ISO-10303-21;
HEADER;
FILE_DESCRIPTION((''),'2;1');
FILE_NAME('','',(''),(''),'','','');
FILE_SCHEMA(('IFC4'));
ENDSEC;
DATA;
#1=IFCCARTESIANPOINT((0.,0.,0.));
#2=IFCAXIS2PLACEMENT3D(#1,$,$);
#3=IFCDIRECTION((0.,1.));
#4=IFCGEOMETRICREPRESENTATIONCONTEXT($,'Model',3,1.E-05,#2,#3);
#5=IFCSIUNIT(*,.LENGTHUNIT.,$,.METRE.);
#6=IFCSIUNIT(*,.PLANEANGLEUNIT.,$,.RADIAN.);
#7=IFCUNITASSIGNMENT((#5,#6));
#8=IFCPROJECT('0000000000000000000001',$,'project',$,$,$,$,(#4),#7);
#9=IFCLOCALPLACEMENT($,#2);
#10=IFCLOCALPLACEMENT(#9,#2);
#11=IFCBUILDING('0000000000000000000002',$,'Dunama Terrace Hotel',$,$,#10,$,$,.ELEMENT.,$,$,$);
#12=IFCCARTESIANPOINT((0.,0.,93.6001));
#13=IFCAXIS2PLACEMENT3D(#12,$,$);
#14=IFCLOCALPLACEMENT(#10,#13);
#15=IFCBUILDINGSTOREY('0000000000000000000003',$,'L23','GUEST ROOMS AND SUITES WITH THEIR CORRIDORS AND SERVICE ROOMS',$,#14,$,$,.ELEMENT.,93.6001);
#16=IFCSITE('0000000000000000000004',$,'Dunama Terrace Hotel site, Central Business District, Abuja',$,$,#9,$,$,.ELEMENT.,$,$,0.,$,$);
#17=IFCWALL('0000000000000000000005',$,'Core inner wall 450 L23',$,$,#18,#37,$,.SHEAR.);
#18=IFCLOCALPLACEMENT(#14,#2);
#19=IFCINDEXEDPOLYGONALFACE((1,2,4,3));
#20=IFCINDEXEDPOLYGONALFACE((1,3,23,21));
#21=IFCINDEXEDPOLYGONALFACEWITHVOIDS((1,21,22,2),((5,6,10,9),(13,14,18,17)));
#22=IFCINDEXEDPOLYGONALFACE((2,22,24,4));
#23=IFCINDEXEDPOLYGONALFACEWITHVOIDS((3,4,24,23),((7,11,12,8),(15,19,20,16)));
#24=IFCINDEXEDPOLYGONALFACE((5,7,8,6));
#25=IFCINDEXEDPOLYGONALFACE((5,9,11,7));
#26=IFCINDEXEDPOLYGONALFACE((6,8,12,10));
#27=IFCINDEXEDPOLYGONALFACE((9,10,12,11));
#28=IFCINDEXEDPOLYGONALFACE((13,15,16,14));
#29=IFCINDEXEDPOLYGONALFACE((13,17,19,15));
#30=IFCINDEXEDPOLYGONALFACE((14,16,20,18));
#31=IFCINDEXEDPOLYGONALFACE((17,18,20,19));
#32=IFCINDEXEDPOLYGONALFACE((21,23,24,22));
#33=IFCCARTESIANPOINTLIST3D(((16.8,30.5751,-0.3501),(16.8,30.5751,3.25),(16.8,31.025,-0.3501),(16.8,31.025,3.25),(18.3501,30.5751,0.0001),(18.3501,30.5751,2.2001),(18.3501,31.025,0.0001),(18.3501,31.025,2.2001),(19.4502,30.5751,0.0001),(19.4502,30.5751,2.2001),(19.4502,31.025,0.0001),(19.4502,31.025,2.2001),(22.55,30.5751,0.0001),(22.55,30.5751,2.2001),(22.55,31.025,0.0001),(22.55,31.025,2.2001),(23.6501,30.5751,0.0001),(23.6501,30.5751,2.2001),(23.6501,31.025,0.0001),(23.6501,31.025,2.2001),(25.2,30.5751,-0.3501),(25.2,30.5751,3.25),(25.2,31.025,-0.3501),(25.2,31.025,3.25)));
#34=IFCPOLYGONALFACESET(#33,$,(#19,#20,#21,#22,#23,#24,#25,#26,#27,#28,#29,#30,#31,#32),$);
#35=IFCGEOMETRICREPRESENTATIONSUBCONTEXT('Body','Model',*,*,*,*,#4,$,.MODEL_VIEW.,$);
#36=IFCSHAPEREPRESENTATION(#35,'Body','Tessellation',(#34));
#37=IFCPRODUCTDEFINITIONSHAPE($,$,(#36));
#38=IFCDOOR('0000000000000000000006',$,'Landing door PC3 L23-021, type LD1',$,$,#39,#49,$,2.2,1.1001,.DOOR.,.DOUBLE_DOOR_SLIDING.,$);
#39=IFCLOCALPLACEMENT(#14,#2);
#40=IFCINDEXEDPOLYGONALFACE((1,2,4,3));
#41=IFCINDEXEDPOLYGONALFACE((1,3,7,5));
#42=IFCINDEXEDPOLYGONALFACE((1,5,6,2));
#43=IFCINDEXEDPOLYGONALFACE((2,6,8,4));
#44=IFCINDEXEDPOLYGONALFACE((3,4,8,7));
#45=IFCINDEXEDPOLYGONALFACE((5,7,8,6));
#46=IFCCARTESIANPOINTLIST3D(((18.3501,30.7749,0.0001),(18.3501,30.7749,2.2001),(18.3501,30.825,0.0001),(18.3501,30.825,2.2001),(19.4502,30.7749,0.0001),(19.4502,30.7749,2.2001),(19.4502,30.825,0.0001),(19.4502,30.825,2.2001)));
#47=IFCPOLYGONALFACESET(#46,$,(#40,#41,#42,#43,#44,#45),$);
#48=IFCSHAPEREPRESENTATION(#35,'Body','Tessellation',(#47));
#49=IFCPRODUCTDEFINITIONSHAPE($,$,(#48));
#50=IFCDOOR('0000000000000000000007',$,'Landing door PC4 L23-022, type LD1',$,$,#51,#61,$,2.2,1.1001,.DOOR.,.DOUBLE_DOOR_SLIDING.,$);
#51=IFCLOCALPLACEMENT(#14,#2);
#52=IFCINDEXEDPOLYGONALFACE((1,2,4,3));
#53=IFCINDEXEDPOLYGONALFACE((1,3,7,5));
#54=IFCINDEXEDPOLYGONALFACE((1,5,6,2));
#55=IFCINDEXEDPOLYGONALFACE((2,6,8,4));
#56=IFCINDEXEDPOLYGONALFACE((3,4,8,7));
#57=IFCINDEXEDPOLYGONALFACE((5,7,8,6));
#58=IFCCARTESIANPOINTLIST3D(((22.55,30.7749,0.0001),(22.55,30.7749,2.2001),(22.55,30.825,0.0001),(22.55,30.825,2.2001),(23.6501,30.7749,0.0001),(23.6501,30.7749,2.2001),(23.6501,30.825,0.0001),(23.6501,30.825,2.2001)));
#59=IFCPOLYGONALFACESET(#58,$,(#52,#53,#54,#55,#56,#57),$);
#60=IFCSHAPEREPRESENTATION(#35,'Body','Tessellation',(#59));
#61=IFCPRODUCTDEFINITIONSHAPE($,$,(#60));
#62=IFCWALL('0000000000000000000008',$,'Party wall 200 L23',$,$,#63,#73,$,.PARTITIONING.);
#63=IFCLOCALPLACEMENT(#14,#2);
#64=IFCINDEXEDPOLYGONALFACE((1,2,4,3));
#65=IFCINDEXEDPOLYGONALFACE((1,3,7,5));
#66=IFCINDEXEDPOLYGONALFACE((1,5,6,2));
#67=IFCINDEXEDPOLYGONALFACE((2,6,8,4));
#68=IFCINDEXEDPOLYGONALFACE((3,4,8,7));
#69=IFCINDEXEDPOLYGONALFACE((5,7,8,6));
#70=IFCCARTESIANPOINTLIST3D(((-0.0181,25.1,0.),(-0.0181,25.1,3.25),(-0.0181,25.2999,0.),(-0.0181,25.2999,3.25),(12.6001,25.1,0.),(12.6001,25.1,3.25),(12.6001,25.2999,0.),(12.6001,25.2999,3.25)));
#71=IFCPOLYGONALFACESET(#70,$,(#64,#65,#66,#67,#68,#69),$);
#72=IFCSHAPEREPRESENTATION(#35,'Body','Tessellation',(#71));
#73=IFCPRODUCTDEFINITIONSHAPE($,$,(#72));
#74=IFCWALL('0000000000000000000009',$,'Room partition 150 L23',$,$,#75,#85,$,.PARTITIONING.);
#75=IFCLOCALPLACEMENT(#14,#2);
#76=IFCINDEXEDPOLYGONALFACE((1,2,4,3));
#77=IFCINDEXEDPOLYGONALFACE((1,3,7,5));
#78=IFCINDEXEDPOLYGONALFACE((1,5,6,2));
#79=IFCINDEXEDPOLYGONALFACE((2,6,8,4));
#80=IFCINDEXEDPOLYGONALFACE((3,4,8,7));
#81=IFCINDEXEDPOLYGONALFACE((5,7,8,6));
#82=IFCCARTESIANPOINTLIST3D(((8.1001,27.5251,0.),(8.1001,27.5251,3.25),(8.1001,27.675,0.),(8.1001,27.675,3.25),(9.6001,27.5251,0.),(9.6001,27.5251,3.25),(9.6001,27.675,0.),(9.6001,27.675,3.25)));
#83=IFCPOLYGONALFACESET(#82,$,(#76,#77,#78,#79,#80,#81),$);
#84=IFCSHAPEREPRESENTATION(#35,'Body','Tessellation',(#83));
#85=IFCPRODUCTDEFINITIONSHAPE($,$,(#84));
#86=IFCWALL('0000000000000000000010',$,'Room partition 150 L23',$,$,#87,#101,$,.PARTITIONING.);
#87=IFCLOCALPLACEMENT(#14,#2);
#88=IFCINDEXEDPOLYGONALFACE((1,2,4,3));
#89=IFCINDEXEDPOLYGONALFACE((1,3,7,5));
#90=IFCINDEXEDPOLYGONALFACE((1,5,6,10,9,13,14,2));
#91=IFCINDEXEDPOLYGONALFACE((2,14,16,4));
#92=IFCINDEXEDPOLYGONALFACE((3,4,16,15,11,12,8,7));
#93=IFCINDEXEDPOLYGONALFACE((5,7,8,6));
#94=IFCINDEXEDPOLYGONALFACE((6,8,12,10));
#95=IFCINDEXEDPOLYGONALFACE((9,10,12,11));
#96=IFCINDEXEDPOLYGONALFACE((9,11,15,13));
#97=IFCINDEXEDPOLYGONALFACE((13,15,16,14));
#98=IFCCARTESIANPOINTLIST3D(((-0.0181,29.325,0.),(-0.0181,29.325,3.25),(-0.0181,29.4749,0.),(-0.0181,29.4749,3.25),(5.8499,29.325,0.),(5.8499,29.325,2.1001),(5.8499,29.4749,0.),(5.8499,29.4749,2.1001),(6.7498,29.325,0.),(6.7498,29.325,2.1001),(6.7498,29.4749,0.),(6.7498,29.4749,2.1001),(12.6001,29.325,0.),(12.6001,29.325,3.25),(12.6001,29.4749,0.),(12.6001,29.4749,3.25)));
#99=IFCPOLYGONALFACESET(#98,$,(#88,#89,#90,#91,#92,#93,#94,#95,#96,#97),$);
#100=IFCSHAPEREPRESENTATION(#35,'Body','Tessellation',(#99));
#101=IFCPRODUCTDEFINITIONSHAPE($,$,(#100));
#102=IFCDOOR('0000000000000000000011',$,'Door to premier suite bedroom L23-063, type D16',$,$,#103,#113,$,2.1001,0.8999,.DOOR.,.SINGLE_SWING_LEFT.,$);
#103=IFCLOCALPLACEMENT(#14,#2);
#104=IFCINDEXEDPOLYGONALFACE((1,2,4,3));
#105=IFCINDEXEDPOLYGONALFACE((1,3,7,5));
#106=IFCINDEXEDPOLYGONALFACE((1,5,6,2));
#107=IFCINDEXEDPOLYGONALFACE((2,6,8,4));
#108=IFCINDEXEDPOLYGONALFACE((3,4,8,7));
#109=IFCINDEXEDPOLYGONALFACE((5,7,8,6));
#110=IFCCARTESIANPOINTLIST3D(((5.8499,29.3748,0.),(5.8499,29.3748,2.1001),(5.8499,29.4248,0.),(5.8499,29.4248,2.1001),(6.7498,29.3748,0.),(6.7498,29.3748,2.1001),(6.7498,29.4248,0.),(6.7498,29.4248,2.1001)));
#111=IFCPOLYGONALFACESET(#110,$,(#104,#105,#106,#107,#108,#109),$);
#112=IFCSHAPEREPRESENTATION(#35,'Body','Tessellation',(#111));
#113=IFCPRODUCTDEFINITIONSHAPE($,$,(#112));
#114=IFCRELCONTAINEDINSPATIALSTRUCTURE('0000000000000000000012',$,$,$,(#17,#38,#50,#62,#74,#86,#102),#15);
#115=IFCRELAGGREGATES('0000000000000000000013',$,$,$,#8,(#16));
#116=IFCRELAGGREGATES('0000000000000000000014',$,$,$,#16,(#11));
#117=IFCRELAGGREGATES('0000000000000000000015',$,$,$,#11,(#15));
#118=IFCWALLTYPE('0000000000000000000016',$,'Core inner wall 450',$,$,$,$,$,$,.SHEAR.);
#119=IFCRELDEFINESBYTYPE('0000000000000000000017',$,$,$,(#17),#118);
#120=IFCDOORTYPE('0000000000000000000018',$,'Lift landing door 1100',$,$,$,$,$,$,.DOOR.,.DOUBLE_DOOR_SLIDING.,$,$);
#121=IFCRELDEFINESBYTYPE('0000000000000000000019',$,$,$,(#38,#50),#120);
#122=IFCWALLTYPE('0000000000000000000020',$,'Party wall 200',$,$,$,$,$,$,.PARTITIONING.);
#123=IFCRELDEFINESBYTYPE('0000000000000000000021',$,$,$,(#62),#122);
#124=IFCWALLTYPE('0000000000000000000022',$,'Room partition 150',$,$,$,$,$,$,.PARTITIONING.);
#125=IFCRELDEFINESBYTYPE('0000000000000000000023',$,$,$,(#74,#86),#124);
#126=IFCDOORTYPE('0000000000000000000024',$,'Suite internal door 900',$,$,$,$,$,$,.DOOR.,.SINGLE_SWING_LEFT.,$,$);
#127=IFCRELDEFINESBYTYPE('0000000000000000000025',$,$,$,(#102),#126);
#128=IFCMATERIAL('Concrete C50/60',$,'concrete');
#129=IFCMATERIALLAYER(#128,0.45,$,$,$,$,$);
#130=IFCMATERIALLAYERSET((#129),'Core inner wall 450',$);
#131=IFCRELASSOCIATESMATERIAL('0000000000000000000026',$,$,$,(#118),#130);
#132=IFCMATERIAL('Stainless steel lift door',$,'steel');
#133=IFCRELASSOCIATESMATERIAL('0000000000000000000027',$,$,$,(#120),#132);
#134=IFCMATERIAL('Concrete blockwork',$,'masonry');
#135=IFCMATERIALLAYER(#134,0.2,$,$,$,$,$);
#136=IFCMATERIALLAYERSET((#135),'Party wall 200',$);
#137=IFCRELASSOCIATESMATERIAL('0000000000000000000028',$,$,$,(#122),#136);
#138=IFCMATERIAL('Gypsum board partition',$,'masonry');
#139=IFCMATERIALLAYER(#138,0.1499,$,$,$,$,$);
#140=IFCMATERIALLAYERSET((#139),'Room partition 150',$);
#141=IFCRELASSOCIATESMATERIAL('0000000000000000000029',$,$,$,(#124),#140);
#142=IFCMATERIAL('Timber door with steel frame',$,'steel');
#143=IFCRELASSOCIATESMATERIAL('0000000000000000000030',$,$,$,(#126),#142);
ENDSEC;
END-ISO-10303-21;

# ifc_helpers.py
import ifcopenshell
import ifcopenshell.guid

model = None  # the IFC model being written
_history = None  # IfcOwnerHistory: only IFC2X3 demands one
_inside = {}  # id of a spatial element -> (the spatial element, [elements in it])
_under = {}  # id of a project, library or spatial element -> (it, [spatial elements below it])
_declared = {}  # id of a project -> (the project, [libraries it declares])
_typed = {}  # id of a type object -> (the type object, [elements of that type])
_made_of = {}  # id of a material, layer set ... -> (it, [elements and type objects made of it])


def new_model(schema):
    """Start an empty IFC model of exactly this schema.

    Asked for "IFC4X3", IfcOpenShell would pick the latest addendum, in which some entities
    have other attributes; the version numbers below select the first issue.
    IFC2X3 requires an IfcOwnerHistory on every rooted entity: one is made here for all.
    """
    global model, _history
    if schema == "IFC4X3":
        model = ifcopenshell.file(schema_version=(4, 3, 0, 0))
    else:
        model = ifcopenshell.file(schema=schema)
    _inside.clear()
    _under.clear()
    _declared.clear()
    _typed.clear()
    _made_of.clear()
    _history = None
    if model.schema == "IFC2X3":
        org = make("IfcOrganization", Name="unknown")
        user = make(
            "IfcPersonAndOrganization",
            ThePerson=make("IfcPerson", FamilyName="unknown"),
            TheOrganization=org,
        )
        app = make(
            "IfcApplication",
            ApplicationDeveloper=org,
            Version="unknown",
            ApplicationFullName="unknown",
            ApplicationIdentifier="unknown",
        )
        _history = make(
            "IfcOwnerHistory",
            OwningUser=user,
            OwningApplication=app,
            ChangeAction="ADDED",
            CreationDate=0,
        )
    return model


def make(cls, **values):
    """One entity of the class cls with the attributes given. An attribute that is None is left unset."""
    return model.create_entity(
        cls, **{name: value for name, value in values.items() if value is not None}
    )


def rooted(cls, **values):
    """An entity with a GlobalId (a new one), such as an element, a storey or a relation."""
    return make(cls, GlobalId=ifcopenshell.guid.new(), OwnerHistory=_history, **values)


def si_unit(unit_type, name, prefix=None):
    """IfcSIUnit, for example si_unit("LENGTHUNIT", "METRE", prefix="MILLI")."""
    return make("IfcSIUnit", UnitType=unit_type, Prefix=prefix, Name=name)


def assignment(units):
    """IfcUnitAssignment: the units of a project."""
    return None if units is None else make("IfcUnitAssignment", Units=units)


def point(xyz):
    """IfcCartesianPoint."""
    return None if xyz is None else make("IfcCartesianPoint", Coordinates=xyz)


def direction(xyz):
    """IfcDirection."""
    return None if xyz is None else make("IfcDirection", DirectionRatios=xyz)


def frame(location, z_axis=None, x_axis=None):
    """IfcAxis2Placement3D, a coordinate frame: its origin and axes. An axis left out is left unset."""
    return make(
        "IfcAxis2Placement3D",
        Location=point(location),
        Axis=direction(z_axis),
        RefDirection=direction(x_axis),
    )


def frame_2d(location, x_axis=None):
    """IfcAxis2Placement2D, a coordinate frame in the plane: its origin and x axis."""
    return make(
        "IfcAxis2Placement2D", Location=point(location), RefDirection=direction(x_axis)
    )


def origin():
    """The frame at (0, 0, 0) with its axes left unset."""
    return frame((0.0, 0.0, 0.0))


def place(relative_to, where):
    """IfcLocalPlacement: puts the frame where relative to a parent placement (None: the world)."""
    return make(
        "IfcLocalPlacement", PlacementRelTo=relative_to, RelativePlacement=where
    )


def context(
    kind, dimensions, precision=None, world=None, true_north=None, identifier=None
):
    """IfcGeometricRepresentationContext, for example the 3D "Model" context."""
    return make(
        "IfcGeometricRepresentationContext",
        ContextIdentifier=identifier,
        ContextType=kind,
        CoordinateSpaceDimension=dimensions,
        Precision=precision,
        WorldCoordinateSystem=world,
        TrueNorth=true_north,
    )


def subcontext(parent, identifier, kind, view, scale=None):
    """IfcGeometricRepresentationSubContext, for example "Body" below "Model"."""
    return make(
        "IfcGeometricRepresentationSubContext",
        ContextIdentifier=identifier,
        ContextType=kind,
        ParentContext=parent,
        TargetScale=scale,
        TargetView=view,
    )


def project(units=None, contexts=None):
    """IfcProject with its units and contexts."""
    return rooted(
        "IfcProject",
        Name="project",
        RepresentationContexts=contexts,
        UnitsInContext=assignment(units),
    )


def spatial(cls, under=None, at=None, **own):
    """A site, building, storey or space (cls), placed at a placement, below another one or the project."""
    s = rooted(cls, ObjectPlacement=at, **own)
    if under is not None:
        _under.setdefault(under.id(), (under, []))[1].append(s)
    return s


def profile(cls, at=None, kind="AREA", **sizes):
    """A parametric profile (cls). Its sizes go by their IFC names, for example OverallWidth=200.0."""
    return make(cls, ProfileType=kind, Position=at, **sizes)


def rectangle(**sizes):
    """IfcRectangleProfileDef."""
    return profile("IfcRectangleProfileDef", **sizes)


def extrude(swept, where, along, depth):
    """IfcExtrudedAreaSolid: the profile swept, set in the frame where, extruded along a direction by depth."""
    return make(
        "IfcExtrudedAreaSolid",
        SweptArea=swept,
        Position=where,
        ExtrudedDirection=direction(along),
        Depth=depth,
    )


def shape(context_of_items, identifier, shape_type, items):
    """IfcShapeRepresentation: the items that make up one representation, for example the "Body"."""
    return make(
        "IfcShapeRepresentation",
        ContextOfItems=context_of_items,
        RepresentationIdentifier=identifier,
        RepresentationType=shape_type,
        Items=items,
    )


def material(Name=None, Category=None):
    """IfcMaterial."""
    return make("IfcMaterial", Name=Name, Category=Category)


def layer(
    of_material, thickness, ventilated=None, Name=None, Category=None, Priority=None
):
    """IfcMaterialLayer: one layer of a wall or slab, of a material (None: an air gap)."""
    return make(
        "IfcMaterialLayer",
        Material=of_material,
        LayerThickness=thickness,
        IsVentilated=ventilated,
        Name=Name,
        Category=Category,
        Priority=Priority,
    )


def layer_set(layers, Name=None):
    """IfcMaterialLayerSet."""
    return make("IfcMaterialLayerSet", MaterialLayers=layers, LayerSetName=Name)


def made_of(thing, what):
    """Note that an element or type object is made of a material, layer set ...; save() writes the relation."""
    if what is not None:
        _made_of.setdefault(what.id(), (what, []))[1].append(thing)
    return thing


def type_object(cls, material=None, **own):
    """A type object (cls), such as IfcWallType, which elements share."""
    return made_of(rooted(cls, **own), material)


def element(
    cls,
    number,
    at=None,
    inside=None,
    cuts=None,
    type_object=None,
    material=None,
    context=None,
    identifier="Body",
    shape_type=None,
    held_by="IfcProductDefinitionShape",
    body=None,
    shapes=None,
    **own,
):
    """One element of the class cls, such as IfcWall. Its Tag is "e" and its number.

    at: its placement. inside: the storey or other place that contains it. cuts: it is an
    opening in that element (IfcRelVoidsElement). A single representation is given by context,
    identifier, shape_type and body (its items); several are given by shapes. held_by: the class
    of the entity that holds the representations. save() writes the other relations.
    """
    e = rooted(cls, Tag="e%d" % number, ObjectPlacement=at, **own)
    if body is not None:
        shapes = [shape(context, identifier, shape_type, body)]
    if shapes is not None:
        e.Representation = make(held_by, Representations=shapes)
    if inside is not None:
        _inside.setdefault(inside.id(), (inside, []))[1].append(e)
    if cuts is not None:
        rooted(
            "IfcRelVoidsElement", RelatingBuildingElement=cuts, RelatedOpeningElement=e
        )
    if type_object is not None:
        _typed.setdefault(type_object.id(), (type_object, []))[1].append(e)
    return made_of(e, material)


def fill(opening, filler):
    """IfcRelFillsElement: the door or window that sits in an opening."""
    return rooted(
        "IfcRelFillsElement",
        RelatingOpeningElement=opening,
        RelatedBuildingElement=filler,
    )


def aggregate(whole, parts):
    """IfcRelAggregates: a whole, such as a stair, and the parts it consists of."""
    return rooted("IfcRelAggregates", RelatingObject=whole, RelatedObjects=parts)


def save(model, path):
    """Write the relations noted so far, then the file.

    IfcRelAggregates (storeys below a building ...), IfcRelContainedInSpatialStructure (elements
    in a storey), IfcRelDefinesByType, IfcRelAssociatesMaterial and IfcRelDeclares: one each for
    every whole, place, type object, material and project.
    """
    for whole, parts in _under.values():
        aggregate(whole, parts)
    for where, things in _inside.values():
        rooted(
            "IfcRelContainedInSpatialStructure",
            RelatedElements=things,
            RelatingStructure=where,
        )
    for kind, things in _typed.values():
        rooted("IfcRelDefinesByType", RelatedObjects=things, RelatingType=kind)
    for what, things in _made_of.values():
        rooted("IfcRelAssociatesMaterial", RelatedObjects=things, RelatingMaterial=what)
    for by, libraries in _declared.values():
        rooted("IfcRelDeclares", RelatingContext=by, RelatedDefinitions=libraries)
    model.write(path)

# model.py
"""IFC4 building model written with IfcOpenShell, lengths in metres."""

from ifc_helpers import new_model, si_unit, direction, frame, frame_2d, origin, place, context, subcontext, project, spatial, rectangle, extrude, material, layer, layer_set, type_object, element, fill, save


model = new_model("IFC4")

# Units and contexts
model_context = context("Model", 3, precision=1e-05, world=origin(), true_north=direction((0.0, 1.0)))
body_context = subcontext(model_context, "Body", "Model", "MODEL_VIEW")
ifc_project = project(units=[si_unit("LENGTHUNIT", "METRE"), si_unit("PLANEANGLEUNIT", "RADIAN")], contexts=[model_context])

# Site, building, storey
site_placement = place(None, origin())
site = spatial("IfcSite", under=ifc_project, at=site_placement, Name="Dunama Terrace Hotel site, Central Business District, Abuja", CompositionType="ELEMENT", RefElevation=0.0)
building_placement = place(site_placement, origin())
building = spatial("IfcBuilding", under=site, at=building_placement, Name="Dunama Terrace Hotel", CompositionType="ELEMENT")
storey_placement = place(building_placement, frame((0.0, 0.0, 93.6001)))
storey = spatial("IfcBuildingStorey", under=building, at=storey_placement, Name="L23", Description="GUEST ROOMS AND SUITES WITH THEIR CORRIDORS AND SERVICE ROOMS", CompositionType="ELEMENT", Elevation=93.6001)

# Shared definitions
ifc_material_1 = material(Name="Concrete C50/60", Category="concrete")
ifc_layer_1 = layer(ifc_material_1, 0.45)
ifc_layer_set_1 = layer_set([ifc_layer_1], Name="Core inner wall 450")
wall_type_1 = type_object("IfcWallType", Name="Core inner wall 450", PredefinedType="SHEAR", material=ifc_layer_set_1)

# Wall, openings, doors
ifc_material_2 = material(Name="Stainless steel lift door", Category="steel")
door_type_1 = type_object("IfcDoorType", Name="Lift landing door 1100", OperationType="DOUBLE_DOOR_SLIDING", PredefinedType="DOOR", material=ifc_material_2)
wall_1_placement = place(storey_placement, frame((16.8, 30.8, -0.3501), z_axis=(0.0, 0.0, 1.0), x_axis=(1.0, 0.0, 0.0)))
wall_1 = element("IfcWall", 1, at=wall_1_placement, inside=storey, type_object=wall_type_1, Name="Core inner wall 450 L23", PredefinedType="SHEAR", context=body_context, shape_type="SweptSolid", body=[
    extrude(rectangle(XDim=8.3999, YDim=0.45, at=frame_2d((4.2, 0.0))), origin(), (0.0, 0.0, 1.0), 3.6001),
])
opening_1_placement = place(wall_1_placement, frame((1.55, 0.0, 0.3501)))
opening_1 = element("IfcOpeningElement", 2, at=opening_1_placement, cuts=wall_1, PredefinedType="OPENING", context=body_context, shape_type="SweptSolid", body=[
    extrude(rectangle(XDim=1.1001, YDim=2.2, at=frame_2d((0.55, 1.1001))), frame((0.0, 0.2349, 0.0), z_axis=(0.0, -1.0, 0.0), x_axis=(1.0, 0.0, 0.0)), (0.0, 0.0, 1.0), 0.47),
])
opening_2_placement = place(wall_1_placement, frame((5.75, 0.0, 0.3501)))
opening_2 = element("IfcOpeningElement", 3, at=opening_2_placement, cuts=wall_1, PredefinedType="OPENING", context=body_context, shape_type="SweptSolid", body=[
    extrude(rectangle(XDim=1.1001, YDim=2.2, at=frame_2d((0.55, 1.1001))), frame((0.0, 0.2349, 0.0), z_axis=(0.0, -1.0, 0.0), x_axis=(1.0, 0.0, 0.0)), (0.0, 0.0, 1.0), 0.47),
])
door_1_placement = place(opening_1_placement, origin())
door_1 = element("IfcDoor", 4, at=door_1_placement, inside=storey, type_object=door_type_1, Name="Landing door PC3 L23-021, type LD1", OperationType="DOUBLE_DOOR_SLIDING", OverallHeight=2.2, OverallWidth=1.1001, PredefinedType="DOOR", context=body_context, shape_type="SweptSolid", body=[
    extrude(rectangle(XDim=1.1001, YDim=2.2, at=frame_2d((0.55, 1.1001))), frame((0.0, 0.0249, 0.0), z_axis=(0.0, -1.0, 0.0), x_axis=(1.0, 0.0, 0.0)), (0.0, 0.0, 1.0), 0.05),
])
fill(opening_1, door_1)
door_2_placement = place(opening_2_placement, origin())
door_2 = element("IfcDoor", 5, at=door_2_placement, inside=storey, type_object=door_type_1, Name="Landing door PC4 L23-022, type LD1", OperationType="DOUBLE_DOOR_SLIDING", OverallHeight=2.2, OverallWidth=1.1001, PredefinedType="DOOR", context=body_context, shape_type="SweptSolid", body=[
    extrude(rectangle(XDim=1.1001, YDim=2.2, at=frame_2d((0.55, 1.1001))), frame((0.0, 0.0249, 0.0), z_axis=(0.0, -1.0, 0.0), x_axis=(1.0, 0.0, 0.0)), (0.0, 0.0, 1.0), 0.05),
])
fill(opening_2, door_2)

# Walls
ifc_material_3 = material(Name="Concrete blockwork", Category="masonry")
ifc_layer_2 = layer(ifc_material_3, 0.2)
ifc_layer_set_2 = layer_set([ifc_layer_2], Name="Party wall 200")
wall_type_2 = type_object("IfcWallType", Name="Party wall 200", PredefinedType="PARTITIONING", material=ifc_layer_set_2)
wall_2_placement = place(storey_placement, frame((-0.0181, 25.2, 0.0), z_axis=(0.0, 0.0, 1.0), x_axis=(1.0, 0.0, 0.0)))
element("IfcWall", 6, at=wall_2_placement, inside=storey, type_object=wall_type_2, Name="Party wall 200 L23", PredefinedType="PARTITIONING", context=body_context, shape_type="SweptSolid", body=[
    extrude(rectangle(XDim=12.6182, YDim=0.2, at=frame_2d((6.3091, 0.0))), origin(), (0.0, 0.0, 1.0), 3.25),
])
ifc_material_4 = material(Name="Gypsum board partition", Category="masonry")
ifc_layer_3 = layer(ifc_material_4, 0.1499)
ifc_layer_set_3 = layer_set([ifc_layer_3], Name="Room partition 150")
wall_type_3 = type_object("IfcWallType", Name="Room partition 150", PredefinedType="PARTITIONING", material=ifc_layer_set_3)
wall_3_placement = place(storey_placement, frame((8.1001, 27.6001, 0.0), z_axis=(0.0, 0.0, 1.0), x_axis=(1.0, 0.0, 0.0)))
element("IfcWall", 7, at=wall_3_placement, inside=storey, type_object=wall_type_3, Name="Room partition 150 L23", PredefinedType="PARTITIONING", context=body_context, shape_type="SweptSolid", body=[
    extrude(rectangle(XDim=1.5, YDim=0.1499, at=frame_2d((0.75, 0.0))), origin(), (0.0, 0.0, 1.0), 3.25),
])

# Wall, opening, door
wall_4_placement = place(storey_placement, frame((-0.0181, 29.3999, 0.0), z_axis=(0.0, 0.0, 1.0), x_axis=(1.0, 0.0, 0.0)))
wall_4 = element("IfcWall", 8, at=wall_4_placement, inside=storey, type_object=wall_type_3, Name="Room partition 150 L23", PredefinedType="PARTITIONING", context=body_context, shape_type="SweptSolid", body=[
    extrude(rectangle(XDim=12.6182, YDim=0.1499, at=frame_2d((6.3091, 0.0))), origin(), (0.0, 0.0, 1.0), 3.25),
])
opening_3_placement = place(wall_4_placement, frame((5.8679, 0.0, 0.0)))
opening_3 = element("IfcOpeningElement", 9, at=opening_3_placement, cuts=wall_4, PredefinedType="OPENING", context=body_context, shape_type="SweptSolid", body=[
    extrude(rectangle(XDim=0.8999, YDim=2.1001, at=frame_2d((0.45, 1.05))), frame((0.0, 0.085, 0.0), z_axis=(0.0, -1.0, 0.0), x_axis=(1.0, 0.0, 0.0)), (0.0, 0.0, 1.0), 0.1699),
])
ifc_material_5 = material(Name="Timber door with steel frame", Category="steel")
door_type_2 = type_object("IfcDoorType", Name="Suite internal door 900", OperationType="SINGLE_SWING_LEFT", PredefinedType="DOOR", material=ifc_material_5)
door_3_placement = place(opening_3_placement, frame((0.8999, 0.0, 0.0), z_axis=(0.0, 0.0, 1.0), x_axis=(-1.0, 0.0, 0.0)))
door_3 = element("IfcDoor", 10, at=door_3_placement, inside=storey, type_object=door_type_2, Name="Door to premier suite bedroom L23-063, type D16", OperationType="SINGLE_SWING_LEFT", OverallHeight=2.1001, OverallWidth=0.8999, PredefinedType="DOOR", context=body_context, shape_type="SweptSolid", body=[
    extrude(rectangle(XDim=0.8999, YDim=2.1001, at=frame_2d((0.45, 1.05))), frame((0.0, 0.0251, 0.0), z_axis=(0.0, -1.0, 0.0), x_axis=(1.0, 0.0, 0.0)), (0.0, 0.0, 1.0), 0.05),
])
fill(opening_3, door_3)

save(model, "model.ifc")
